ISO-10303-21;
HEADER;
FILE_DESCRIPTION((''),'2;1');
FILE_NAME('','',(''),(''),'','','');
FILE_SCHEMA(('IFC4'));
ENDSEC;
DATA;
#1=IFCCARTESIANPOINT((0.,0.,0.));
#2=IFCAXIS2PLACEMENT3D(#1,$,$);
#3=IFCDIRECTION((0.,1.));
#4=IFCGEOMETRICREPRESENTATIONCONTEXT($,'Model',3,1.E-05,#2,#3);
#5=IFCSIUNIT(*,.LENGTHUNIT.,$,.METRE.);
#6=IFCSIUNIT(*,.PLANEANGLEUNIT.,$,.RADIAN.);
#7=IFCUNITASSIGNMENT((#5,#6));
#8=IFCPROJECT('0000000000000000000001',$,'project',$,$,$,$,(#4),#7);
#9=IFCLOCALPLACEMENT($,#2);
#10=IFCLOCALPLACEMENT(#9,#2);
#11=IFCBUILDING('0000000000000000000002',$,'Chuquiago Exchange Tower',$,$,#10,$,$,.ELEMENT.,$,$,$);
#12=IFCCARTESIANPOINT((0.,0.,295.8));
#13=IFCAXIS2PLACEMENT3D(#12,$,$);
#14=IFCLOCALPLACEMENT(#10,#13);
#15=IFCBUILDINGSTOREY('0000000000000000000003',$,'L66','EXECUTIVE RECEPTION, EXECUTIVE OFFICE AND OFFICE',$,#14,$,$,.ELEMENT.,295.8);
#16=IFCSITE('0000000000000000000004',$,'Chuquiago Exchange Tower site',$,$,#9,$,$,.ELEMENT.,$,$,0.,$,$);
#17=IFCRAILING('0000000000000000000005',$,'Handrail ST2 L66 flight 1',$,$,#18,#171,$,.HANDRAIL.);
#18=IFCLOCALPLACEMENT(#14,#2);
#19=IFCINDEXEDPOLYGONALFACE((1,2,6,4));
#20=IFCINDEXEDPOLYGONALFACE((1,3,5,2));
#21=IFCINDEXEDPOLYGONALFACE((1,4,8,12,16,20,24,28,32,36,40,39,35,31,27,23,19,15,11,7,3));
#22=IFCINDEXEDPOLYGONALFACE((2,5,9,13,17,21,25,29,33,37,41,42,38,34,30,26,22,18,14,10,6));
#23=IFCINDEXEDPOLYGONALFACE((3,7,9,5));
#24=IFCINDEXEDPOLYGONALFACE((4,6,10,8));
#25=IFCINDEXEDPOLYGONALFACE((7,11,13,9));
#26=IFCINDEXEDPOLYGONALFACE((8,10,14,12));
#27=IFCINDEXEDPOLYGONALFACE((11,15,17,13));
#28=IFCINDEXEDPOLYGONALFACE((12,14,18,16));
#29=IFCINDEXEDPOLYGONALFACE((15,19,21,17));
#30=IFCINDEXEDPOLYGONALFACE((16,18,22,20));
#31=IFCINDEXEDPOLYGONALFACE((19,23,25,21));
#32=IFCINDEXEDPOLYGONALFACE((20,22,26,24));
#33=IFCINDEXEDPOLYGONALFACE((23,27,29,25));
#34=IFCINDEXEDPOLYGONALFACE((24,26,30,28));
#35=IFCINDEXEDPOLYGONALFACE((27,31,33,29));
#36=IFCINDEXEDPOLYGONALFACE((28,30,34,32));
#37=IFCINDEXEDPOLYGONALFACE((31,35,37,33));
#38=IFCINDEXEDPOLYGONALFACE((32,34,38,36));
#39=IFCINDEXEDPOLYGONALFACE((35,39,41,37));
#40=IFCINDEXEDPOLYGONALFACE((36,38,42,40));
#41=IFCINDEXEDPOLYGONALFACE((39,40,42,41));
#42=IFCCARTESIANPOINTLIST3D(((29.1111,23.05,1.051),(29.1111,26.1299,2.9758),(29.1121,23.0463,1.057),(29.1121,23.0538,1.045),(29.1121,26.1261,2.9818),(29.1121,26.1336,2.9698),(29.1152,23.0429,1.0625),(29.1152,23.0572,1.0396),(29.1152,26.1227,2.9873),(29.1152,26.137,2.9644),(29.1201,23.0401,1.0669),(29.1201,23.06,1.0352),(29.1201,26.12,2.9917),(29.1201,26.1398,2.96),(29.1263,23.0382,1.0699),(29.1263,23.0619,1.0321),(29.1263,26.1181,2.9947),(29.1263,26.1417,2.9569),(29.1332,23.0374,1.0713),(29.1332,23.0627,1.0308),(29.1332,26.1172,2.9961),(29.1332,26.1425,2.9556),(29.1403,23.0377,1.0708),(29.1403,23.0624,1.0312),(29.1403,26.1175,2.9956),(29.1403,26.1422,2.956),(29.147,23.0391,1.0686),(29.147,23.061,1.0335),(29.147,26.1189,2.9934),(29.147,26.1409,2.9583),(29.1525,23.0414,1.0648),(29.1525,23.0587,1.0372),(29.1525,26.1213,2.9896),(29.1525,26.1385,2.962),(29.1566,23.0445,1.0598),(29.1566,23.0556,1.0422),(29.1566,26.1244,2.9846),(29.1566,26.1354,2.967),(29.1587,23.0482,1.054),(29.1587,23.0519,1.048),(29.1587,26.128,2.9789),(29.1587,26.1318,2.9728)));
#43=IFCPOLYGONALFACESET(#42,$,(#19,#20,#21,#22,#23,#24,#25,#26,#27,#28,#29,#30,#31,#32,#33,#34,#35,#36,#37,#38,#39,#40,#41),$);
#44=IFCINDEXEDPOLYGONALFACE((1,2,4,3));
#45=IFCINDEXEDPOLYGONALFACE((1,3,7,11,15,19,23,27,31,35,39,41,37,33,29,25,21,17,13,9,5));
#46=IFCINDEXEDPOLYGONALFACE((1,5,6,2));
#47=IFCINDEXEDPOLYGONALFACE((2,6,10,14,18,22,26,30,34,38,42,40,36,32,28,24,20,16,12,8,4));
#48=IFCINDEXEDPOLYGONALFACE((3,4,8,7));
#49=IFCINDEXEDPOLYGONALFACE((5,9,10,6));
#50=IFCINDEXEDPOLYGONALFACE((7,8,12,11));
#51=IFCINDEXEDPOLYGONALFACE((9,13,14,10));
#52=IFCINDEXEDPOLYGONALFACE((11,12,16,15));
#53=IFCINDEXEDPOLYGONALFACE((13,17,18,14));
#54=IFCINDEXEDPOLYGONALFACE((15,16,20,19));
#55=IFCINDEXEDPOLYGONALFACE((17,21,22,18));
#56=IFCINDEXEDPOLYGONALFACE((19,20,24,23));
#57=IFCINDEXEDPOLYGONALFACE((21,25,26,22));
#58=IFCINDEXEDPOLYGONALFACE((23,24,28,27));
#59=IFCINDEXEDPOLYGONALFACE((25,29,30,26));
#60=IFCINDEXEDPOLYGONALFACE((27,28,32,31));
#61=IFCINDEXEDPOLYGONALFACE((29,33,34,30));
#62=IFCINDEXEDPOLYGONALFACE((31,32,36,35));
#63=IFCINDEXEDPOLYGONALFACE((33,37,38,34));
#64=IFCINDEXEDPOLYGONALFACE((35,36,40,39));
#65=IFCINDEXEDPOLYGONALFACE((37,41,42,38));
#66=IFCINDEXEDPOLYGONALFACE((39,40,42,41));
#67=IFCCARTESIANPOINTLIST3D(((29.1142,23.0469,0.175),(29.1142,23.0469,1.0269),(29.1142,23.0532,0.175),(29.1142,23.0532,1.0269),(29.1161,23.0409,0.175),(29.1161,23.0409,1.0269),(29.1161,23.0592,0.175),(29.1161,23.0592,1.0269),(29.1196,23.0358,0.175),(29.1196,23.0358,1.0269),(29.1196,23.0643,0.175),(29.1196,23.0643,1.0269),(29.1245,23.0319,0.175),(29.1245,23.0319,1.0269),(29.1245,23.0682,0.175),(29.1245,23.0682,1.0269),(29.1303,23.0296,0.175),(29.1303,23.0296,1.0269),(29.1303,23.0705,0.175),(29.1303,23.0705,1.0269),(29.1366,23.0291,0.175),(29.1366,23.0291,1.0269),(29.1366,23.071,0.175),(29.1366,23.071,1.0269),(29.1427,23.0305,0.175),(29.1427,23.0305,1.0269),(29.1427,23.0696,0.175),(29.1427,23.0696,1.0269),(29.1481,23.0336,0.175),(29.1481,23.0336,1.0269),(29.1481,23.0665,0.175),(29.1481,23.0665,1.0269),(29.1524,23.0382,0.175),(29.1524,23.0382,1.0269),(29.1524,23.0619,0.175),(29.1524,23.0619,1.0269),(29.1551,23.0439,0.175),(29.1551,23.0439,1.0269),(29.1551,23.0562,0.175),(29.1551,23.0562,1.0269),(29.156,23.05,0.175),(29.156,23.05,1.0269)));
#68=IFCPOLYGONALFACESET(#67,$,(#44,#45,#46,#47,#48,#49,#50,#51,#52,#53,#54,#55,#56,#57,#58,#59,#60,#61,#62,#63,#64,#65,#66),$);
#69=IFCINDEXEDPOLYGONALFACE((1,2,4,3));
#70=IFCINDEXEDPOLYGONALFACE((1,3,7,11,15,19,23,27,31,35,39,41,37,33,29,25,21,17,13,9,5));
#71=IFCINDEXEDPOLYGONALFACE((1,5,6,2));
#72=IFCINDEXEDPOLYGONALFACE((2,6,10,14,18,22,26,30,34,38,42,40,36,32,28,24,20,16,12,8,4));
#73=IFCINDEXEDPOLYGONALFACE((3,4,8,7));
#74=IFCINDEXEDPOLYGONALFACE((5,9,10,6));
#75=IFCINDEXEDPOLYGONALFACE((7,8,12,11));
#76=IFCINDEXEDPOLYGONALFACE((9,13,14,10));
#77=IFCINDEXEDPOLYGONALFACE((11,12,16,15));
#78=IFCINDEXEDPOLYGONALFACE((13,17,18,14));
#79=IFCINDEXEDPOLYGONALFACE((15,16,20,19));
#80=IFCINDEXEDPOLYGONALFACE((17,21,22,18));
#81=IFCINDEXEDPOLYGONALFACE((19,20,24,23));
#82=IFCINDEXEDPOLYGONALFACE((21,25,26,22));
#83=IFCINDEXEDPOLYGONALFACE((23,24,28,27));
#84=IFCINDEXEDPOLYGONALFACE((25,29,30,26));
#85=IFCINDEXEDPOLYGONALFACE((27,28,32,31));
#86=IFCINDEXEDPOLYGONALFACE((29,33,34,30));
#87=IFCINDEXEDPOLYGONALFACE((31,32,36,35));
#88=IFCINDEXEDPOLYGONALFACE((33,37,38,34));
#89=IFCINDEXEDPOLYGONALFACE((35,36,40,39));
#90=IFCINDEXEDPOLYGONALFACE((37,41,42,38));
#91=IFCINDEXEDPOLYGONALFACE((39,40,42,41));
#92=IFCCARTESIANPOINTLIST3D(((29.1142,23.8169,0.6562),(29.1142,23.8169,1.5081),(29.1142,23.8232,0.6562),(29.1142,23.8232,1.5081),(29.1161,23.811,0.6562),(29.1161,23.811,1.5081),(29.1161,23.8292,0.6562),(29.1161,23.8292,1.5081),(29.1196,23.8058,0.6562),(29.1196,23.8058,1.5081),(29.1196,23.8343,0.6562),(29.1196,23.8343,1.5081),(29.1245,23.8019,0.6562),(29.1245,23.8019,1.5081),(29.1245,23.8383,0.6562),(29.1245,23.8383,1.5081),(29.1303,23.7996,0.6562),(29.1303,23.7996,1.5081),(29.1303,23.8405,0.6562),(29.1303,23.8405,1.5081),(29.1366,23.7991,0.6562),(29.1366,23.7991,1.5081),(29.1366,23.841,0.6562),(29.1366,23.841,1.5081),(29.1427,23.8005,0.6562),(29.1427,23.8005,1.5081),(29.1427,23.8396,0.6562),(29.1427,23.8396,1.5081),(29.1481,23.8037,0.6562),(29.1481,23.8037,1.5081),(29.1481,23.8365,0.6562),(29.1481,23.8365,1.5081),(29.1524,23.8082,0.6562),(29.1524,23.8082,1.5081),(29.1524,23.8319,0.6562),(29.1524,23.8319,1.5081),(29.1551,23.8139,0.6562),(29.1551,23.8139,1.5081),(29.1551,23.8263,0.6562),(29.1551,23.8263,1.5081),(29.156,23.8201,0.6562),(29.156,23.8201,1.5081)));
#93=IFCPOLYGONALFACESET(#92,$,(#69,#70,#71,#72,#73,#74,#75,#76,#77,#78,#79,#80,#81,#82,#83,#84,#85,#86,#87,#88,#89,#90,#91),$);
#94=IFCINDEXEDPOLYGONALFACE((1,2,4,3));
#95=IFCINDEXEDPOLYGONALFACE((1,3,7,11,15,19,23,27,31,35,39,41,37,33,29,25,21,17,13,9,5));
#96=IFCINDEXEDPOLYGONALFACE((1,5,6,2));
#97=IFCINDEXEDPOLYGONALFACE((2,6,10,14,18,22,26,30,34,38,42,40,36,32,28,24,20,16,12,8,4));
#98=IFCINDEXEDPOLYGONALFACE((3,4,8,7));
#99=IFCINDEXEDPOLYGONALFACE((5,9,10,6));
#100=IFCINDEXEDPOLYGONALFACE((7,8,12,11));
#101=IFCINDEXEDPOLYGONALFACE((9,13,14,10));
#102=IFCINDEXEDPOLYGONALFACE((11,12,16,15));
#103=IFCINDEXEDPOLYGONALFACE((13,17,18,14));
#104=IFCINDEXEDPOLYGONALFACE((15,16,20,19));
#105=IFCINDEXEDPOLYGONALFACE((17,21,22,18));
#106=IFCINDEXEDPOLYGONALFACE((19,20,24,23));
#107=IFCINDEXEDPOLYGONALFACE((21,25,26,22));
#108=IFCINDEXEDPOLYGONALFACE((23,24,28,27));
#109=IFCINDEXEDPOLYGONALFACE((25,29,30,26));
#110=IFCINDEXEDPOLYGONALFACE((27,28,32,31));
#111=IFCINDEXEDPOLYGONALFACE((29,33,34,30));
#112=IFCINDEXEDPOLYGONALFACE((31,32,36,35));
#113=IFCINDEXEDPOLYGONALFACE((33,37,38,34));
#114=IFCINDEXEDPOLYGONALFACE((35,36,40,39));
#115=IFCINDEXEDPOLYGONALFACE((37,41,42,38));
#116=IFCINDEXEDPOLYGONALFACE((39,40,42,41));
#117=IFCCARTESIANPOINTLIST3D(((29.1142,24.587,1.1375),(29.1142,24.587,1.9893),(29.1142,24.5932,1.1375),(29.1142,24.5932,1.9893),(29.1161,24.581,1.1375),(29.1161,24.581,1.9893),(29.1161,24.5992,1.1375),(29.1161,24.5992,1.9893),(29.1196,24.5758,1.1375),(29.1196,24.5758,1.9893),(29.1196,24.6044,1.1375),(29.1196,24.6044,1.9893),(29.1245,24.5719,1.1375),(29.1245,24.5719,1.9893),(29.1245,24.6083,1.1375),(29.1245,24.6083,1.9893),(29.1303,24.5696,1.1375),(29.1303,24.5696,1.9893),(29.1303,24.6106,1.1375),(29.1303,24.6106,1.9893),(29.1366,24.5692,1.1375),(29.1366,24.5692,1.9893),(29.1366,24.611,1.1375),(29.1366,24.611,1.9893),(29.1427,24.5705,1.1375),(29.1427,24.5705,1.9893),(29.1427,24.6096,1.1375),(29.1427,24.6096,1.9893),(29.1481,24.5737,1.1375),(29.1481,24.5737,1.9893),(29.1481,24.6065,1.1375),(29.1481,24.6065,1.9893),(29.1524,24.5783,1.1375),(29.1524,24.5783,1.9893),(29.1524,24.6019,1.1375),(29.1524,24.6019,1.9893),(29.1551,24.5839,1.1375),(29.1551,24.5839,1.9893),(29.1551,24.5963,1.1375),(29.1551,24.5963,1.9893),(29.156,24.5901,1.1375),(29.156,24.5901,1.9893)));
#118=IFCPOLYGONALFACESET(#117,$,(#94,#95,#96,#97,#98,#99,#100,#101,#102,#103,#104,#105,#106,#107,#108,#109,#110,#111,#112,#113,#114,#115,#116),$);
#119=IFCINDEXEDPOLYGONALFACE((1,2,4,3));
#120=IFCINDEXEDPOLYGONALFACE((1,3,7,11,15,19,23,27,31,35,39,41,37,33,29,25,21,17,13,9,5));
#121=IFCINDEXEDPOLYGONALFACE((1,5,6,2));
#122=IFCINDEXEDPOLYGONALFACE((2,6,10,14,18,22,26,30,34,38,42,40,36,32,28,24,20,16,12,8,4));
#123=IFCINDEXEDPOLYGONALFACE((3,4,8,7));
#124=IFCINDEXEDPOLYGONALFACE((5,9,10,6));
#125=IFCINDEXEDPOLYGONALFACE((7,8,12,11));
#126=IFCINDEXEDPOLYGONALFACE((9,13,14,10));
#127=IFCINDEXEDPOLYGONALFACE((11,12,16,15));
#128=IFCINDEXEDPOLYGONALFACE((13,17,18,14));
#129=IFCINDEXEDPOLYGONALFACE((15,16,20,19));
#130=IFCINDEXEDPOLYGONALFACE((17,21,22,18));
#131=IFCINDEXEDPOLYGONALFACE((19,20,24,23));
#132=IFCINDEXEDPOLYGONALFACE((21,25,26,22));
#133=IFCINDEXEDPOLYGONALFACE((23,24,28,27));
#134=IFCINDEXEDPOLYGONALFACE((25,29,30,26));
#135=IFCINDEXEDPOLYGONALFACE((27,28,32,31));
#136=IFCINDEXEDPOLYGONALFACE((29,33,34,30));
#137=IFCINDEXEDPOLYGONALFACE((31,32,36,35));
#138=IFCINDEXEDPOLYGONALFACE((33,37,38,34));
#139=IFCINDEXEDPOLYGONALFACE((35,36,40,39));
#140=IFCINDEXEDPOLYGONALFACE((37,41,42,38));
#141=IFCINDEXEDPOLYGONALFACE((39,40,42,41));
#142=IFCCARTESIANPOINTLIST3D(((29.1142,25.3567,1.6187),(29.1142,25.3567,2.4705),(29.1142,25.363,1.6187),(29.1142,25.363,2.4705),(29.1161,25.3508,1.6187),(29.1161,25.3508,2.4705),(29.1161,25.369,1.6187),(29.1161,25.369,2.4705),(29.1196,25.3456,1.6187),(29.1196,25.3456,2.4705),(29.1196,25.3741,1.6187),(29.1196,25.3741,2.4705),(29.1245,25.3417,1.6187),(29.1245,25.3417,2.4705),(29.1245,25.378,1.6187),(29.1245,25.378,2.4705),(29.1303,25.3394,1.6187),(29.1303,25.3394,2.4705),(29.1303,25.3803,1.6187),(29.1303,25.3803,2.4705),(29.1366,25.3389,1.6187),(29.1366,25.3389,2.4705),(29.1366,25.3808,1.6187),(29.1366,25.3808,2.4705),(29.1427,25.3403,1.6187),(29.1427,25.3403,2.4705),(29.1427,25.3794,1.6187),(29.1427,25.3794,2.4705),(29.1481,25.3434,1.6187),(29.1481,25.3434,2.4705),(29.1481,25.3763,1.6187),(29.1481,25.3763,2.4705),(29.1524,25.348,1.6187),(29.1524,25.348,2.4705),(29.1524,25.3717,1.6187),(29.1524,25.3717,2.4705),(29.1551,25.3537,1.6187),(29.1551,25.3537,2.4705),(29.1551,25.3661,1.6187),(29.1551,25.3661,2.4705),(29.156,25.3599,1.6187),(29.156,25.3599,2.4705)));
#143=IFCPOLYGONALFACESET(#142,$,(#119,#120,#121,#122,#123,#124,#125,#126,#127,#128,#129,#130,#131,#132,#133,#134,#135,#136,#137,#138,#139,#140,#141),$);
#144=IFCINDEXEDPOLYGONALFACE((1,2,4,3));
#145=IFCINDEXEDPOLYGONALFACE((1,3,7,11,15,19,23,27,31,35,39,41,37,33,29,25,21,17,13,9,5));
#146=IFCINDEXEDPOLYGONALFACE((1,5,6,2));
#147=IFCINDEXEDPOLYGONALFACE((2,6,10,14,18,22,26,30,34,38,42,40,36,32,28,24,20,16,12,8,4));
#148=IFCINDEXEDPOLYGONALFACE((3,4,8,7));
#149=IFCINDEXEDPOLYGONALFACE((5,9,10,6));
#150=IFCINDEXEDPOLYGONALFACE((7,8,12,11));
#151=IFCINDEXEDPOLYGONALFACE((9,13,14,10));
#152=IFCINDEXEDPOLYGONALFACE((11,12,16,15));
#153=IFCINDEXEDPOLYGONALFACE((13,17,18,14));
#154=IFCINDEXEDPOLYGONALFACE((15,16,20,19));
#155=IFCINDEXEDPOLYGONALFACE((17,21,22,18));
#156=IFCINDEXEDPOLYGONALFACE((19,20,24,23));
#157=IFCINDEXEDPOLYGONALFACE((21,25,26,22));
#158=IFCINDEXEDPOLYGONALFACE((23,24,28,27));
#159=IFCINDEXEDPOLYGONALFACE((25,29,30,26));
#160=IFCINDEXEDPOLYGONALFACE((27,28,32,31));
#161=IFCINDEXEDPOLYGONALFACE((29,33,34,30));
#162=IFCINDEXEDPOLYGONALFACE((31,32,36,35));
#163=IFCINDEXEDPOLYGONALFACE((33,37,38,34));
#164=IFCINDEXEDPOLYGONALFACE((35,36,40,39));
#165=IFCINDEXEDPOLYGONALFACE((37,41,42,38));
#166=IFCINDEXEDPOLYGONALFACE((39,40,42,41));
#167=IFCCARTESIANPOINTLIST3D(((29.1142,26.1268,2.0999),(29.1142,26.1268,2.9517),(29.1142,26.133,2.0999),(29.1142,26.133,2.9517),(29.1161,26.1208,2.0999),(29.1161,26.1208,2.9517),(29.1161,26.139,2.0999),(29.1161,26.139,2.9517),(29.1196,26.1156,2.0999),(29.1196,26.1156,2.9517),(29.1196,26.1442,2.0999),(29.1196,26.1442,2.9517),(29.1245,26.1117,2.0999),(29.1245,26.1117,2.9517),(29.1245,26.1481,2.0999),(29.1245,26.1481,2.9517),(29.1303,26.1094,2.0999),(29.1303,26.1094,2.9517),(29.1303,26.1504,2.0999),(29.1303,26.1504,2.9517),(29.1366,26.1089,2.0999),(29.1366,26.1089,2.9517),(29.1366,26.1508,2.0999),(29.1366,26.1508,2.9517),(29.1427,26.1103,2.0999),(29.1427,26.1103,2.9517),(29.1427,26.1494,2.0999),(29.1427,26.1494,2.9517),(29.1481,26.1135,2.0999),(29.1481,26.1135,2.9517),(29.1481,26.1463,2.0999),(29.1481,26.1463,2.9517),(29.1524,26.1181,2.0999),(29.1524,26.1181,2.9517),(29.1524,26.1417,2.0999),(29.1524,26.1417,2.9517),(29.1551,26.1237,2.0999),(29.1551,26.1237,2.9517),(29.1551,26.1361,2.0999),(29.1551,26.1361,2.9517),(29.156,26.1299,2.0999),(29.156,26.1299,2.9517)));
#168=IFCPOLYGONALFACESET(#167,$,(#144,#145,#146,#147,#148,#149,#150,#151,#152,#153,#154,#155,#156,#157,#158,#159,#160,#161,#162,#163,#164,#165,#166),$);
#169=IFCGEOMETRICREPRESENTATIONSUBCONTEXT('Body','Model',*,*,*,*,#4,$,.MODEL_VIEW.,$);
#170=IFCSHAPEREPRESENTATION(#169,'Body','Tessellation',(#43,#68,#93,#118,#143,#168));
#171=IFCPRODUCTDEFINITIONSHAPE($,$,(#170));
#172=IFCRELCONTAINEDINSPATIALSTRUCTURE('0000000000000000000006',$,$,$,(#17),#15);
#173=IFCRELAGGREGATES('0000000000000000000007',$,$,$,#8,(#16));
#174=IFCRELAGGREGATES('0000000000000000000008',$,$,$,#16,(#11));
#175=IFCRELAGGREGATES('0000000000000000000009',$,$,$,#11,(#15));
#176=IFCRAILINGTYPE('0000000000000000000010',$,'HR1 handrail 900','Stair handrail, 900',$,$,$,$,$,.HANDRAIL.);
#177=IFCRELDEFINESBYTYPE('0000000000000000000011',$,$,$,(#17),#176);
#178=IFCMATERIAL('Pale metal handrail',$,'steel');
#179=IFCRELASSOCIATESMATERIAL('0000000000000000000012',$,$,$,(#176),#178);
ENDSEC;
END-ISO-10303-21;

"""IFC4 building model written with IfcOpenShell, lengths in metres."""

from ifc_helpers import new_model, si_unit, direction, frame, origin, origin_2d, place, context, subcontext, project, spatial, circle, extrude, material, type_object, element, save


model = new_model("IFC4")

# Units and contexts
model_context = context("Model", 3, precision=1e-05, world=origin(), true_north=direction((0.0, 1.0)))
body_context = subcontext(model_context, "Body", "Model", "MODEL_VIEW")
ifc_project = project(units=[si_unit("LENGTHUNIT", "METRE"), si_unit("PLANEANGLEUNIT", "RADIAN")], contexts=[model_context])

# Site, building, storey
site_placement = place(None, origin())
site = spatial("IfcSite", under=ifc_project, at=site_placement, Name="Chuquiago Exchange Tower site", CompositionType="ELEMENT", RefElevation=0.0)
building_placement = place(site_placement, origin())
building = spatial("IfcBuilding", under=site, at=building_placement, Name="Chuquiago Exchange Tower", CompositionType="ELEMENT")
storey_placement = place(building_placement, frame((0.0, 0.0, 295.8)))
storey = spatial("IfcBuildingStorey", under=building, at=storey_placement, Name="L66", Description="EXECUTIVE RECEPTION, EXECUTIVE OFFICE AND OFFICE", CompositionType="ELEMENT", Elevation=295.8)

# Railing
ifc_material_1 = material(Name="Pale metal handrail", Category="steel")
railing_type = type_object("IfcRailingType", Name="HR1 handrail 900", Description="Stair handrail, 900", PredefinedType="HANDRAIL", material=ifc_material_1)
railing_placement = place(storey_placement, frame((29.135, 23.05, 0.175)))
element("IfcRailing", 1, at=railing_placement, inside=storey, type_object=railing_type, Name="Handrail ST2 L66 flight 1", PredefinedType="HANDRAIL", context=body_context, shape_type="SweptSolid", body=[
    extrude(circle(Radius=0.0239, at=origin_2d()), frame((0.0, 0.0, 0.876), z_axis=(0.0, 0.84801, 0.529981), x_axis=(-1.0, 0.0, 0.0)), (0.0, 0.0, 1.0), 3.6318),
    extrude(circle(Radius=0.021, at=origin_2d()), origin(), (0.0, 0.0, 1.0), 0.8518),
    extrude(circle(Radius=0.021, at=origin_2d()), frame((0.0, 0.77, 0.4812)), (0.0, 0.0, 1.0), 0.8518),
    extrude(circle(Radius=0.021, at=origin_2d()), frame((0.0, 1.54, 0.9624)), (0.0, 0.0, 1.0), 0.8518),
    extrude(circle(Radius=0.021, at=origin_2d()), frame((0.0, 2.3098, 1.4436)), (0.0, 0.0, 1.0), 0.8518),
    extrude(circle(Radius=0.021, at=origin_2d()), frame((0.0, 3.0798, 1.9248)), (0.0, 0.0, 1.0), 0.8518),
])

save(model, "model.ifc")
